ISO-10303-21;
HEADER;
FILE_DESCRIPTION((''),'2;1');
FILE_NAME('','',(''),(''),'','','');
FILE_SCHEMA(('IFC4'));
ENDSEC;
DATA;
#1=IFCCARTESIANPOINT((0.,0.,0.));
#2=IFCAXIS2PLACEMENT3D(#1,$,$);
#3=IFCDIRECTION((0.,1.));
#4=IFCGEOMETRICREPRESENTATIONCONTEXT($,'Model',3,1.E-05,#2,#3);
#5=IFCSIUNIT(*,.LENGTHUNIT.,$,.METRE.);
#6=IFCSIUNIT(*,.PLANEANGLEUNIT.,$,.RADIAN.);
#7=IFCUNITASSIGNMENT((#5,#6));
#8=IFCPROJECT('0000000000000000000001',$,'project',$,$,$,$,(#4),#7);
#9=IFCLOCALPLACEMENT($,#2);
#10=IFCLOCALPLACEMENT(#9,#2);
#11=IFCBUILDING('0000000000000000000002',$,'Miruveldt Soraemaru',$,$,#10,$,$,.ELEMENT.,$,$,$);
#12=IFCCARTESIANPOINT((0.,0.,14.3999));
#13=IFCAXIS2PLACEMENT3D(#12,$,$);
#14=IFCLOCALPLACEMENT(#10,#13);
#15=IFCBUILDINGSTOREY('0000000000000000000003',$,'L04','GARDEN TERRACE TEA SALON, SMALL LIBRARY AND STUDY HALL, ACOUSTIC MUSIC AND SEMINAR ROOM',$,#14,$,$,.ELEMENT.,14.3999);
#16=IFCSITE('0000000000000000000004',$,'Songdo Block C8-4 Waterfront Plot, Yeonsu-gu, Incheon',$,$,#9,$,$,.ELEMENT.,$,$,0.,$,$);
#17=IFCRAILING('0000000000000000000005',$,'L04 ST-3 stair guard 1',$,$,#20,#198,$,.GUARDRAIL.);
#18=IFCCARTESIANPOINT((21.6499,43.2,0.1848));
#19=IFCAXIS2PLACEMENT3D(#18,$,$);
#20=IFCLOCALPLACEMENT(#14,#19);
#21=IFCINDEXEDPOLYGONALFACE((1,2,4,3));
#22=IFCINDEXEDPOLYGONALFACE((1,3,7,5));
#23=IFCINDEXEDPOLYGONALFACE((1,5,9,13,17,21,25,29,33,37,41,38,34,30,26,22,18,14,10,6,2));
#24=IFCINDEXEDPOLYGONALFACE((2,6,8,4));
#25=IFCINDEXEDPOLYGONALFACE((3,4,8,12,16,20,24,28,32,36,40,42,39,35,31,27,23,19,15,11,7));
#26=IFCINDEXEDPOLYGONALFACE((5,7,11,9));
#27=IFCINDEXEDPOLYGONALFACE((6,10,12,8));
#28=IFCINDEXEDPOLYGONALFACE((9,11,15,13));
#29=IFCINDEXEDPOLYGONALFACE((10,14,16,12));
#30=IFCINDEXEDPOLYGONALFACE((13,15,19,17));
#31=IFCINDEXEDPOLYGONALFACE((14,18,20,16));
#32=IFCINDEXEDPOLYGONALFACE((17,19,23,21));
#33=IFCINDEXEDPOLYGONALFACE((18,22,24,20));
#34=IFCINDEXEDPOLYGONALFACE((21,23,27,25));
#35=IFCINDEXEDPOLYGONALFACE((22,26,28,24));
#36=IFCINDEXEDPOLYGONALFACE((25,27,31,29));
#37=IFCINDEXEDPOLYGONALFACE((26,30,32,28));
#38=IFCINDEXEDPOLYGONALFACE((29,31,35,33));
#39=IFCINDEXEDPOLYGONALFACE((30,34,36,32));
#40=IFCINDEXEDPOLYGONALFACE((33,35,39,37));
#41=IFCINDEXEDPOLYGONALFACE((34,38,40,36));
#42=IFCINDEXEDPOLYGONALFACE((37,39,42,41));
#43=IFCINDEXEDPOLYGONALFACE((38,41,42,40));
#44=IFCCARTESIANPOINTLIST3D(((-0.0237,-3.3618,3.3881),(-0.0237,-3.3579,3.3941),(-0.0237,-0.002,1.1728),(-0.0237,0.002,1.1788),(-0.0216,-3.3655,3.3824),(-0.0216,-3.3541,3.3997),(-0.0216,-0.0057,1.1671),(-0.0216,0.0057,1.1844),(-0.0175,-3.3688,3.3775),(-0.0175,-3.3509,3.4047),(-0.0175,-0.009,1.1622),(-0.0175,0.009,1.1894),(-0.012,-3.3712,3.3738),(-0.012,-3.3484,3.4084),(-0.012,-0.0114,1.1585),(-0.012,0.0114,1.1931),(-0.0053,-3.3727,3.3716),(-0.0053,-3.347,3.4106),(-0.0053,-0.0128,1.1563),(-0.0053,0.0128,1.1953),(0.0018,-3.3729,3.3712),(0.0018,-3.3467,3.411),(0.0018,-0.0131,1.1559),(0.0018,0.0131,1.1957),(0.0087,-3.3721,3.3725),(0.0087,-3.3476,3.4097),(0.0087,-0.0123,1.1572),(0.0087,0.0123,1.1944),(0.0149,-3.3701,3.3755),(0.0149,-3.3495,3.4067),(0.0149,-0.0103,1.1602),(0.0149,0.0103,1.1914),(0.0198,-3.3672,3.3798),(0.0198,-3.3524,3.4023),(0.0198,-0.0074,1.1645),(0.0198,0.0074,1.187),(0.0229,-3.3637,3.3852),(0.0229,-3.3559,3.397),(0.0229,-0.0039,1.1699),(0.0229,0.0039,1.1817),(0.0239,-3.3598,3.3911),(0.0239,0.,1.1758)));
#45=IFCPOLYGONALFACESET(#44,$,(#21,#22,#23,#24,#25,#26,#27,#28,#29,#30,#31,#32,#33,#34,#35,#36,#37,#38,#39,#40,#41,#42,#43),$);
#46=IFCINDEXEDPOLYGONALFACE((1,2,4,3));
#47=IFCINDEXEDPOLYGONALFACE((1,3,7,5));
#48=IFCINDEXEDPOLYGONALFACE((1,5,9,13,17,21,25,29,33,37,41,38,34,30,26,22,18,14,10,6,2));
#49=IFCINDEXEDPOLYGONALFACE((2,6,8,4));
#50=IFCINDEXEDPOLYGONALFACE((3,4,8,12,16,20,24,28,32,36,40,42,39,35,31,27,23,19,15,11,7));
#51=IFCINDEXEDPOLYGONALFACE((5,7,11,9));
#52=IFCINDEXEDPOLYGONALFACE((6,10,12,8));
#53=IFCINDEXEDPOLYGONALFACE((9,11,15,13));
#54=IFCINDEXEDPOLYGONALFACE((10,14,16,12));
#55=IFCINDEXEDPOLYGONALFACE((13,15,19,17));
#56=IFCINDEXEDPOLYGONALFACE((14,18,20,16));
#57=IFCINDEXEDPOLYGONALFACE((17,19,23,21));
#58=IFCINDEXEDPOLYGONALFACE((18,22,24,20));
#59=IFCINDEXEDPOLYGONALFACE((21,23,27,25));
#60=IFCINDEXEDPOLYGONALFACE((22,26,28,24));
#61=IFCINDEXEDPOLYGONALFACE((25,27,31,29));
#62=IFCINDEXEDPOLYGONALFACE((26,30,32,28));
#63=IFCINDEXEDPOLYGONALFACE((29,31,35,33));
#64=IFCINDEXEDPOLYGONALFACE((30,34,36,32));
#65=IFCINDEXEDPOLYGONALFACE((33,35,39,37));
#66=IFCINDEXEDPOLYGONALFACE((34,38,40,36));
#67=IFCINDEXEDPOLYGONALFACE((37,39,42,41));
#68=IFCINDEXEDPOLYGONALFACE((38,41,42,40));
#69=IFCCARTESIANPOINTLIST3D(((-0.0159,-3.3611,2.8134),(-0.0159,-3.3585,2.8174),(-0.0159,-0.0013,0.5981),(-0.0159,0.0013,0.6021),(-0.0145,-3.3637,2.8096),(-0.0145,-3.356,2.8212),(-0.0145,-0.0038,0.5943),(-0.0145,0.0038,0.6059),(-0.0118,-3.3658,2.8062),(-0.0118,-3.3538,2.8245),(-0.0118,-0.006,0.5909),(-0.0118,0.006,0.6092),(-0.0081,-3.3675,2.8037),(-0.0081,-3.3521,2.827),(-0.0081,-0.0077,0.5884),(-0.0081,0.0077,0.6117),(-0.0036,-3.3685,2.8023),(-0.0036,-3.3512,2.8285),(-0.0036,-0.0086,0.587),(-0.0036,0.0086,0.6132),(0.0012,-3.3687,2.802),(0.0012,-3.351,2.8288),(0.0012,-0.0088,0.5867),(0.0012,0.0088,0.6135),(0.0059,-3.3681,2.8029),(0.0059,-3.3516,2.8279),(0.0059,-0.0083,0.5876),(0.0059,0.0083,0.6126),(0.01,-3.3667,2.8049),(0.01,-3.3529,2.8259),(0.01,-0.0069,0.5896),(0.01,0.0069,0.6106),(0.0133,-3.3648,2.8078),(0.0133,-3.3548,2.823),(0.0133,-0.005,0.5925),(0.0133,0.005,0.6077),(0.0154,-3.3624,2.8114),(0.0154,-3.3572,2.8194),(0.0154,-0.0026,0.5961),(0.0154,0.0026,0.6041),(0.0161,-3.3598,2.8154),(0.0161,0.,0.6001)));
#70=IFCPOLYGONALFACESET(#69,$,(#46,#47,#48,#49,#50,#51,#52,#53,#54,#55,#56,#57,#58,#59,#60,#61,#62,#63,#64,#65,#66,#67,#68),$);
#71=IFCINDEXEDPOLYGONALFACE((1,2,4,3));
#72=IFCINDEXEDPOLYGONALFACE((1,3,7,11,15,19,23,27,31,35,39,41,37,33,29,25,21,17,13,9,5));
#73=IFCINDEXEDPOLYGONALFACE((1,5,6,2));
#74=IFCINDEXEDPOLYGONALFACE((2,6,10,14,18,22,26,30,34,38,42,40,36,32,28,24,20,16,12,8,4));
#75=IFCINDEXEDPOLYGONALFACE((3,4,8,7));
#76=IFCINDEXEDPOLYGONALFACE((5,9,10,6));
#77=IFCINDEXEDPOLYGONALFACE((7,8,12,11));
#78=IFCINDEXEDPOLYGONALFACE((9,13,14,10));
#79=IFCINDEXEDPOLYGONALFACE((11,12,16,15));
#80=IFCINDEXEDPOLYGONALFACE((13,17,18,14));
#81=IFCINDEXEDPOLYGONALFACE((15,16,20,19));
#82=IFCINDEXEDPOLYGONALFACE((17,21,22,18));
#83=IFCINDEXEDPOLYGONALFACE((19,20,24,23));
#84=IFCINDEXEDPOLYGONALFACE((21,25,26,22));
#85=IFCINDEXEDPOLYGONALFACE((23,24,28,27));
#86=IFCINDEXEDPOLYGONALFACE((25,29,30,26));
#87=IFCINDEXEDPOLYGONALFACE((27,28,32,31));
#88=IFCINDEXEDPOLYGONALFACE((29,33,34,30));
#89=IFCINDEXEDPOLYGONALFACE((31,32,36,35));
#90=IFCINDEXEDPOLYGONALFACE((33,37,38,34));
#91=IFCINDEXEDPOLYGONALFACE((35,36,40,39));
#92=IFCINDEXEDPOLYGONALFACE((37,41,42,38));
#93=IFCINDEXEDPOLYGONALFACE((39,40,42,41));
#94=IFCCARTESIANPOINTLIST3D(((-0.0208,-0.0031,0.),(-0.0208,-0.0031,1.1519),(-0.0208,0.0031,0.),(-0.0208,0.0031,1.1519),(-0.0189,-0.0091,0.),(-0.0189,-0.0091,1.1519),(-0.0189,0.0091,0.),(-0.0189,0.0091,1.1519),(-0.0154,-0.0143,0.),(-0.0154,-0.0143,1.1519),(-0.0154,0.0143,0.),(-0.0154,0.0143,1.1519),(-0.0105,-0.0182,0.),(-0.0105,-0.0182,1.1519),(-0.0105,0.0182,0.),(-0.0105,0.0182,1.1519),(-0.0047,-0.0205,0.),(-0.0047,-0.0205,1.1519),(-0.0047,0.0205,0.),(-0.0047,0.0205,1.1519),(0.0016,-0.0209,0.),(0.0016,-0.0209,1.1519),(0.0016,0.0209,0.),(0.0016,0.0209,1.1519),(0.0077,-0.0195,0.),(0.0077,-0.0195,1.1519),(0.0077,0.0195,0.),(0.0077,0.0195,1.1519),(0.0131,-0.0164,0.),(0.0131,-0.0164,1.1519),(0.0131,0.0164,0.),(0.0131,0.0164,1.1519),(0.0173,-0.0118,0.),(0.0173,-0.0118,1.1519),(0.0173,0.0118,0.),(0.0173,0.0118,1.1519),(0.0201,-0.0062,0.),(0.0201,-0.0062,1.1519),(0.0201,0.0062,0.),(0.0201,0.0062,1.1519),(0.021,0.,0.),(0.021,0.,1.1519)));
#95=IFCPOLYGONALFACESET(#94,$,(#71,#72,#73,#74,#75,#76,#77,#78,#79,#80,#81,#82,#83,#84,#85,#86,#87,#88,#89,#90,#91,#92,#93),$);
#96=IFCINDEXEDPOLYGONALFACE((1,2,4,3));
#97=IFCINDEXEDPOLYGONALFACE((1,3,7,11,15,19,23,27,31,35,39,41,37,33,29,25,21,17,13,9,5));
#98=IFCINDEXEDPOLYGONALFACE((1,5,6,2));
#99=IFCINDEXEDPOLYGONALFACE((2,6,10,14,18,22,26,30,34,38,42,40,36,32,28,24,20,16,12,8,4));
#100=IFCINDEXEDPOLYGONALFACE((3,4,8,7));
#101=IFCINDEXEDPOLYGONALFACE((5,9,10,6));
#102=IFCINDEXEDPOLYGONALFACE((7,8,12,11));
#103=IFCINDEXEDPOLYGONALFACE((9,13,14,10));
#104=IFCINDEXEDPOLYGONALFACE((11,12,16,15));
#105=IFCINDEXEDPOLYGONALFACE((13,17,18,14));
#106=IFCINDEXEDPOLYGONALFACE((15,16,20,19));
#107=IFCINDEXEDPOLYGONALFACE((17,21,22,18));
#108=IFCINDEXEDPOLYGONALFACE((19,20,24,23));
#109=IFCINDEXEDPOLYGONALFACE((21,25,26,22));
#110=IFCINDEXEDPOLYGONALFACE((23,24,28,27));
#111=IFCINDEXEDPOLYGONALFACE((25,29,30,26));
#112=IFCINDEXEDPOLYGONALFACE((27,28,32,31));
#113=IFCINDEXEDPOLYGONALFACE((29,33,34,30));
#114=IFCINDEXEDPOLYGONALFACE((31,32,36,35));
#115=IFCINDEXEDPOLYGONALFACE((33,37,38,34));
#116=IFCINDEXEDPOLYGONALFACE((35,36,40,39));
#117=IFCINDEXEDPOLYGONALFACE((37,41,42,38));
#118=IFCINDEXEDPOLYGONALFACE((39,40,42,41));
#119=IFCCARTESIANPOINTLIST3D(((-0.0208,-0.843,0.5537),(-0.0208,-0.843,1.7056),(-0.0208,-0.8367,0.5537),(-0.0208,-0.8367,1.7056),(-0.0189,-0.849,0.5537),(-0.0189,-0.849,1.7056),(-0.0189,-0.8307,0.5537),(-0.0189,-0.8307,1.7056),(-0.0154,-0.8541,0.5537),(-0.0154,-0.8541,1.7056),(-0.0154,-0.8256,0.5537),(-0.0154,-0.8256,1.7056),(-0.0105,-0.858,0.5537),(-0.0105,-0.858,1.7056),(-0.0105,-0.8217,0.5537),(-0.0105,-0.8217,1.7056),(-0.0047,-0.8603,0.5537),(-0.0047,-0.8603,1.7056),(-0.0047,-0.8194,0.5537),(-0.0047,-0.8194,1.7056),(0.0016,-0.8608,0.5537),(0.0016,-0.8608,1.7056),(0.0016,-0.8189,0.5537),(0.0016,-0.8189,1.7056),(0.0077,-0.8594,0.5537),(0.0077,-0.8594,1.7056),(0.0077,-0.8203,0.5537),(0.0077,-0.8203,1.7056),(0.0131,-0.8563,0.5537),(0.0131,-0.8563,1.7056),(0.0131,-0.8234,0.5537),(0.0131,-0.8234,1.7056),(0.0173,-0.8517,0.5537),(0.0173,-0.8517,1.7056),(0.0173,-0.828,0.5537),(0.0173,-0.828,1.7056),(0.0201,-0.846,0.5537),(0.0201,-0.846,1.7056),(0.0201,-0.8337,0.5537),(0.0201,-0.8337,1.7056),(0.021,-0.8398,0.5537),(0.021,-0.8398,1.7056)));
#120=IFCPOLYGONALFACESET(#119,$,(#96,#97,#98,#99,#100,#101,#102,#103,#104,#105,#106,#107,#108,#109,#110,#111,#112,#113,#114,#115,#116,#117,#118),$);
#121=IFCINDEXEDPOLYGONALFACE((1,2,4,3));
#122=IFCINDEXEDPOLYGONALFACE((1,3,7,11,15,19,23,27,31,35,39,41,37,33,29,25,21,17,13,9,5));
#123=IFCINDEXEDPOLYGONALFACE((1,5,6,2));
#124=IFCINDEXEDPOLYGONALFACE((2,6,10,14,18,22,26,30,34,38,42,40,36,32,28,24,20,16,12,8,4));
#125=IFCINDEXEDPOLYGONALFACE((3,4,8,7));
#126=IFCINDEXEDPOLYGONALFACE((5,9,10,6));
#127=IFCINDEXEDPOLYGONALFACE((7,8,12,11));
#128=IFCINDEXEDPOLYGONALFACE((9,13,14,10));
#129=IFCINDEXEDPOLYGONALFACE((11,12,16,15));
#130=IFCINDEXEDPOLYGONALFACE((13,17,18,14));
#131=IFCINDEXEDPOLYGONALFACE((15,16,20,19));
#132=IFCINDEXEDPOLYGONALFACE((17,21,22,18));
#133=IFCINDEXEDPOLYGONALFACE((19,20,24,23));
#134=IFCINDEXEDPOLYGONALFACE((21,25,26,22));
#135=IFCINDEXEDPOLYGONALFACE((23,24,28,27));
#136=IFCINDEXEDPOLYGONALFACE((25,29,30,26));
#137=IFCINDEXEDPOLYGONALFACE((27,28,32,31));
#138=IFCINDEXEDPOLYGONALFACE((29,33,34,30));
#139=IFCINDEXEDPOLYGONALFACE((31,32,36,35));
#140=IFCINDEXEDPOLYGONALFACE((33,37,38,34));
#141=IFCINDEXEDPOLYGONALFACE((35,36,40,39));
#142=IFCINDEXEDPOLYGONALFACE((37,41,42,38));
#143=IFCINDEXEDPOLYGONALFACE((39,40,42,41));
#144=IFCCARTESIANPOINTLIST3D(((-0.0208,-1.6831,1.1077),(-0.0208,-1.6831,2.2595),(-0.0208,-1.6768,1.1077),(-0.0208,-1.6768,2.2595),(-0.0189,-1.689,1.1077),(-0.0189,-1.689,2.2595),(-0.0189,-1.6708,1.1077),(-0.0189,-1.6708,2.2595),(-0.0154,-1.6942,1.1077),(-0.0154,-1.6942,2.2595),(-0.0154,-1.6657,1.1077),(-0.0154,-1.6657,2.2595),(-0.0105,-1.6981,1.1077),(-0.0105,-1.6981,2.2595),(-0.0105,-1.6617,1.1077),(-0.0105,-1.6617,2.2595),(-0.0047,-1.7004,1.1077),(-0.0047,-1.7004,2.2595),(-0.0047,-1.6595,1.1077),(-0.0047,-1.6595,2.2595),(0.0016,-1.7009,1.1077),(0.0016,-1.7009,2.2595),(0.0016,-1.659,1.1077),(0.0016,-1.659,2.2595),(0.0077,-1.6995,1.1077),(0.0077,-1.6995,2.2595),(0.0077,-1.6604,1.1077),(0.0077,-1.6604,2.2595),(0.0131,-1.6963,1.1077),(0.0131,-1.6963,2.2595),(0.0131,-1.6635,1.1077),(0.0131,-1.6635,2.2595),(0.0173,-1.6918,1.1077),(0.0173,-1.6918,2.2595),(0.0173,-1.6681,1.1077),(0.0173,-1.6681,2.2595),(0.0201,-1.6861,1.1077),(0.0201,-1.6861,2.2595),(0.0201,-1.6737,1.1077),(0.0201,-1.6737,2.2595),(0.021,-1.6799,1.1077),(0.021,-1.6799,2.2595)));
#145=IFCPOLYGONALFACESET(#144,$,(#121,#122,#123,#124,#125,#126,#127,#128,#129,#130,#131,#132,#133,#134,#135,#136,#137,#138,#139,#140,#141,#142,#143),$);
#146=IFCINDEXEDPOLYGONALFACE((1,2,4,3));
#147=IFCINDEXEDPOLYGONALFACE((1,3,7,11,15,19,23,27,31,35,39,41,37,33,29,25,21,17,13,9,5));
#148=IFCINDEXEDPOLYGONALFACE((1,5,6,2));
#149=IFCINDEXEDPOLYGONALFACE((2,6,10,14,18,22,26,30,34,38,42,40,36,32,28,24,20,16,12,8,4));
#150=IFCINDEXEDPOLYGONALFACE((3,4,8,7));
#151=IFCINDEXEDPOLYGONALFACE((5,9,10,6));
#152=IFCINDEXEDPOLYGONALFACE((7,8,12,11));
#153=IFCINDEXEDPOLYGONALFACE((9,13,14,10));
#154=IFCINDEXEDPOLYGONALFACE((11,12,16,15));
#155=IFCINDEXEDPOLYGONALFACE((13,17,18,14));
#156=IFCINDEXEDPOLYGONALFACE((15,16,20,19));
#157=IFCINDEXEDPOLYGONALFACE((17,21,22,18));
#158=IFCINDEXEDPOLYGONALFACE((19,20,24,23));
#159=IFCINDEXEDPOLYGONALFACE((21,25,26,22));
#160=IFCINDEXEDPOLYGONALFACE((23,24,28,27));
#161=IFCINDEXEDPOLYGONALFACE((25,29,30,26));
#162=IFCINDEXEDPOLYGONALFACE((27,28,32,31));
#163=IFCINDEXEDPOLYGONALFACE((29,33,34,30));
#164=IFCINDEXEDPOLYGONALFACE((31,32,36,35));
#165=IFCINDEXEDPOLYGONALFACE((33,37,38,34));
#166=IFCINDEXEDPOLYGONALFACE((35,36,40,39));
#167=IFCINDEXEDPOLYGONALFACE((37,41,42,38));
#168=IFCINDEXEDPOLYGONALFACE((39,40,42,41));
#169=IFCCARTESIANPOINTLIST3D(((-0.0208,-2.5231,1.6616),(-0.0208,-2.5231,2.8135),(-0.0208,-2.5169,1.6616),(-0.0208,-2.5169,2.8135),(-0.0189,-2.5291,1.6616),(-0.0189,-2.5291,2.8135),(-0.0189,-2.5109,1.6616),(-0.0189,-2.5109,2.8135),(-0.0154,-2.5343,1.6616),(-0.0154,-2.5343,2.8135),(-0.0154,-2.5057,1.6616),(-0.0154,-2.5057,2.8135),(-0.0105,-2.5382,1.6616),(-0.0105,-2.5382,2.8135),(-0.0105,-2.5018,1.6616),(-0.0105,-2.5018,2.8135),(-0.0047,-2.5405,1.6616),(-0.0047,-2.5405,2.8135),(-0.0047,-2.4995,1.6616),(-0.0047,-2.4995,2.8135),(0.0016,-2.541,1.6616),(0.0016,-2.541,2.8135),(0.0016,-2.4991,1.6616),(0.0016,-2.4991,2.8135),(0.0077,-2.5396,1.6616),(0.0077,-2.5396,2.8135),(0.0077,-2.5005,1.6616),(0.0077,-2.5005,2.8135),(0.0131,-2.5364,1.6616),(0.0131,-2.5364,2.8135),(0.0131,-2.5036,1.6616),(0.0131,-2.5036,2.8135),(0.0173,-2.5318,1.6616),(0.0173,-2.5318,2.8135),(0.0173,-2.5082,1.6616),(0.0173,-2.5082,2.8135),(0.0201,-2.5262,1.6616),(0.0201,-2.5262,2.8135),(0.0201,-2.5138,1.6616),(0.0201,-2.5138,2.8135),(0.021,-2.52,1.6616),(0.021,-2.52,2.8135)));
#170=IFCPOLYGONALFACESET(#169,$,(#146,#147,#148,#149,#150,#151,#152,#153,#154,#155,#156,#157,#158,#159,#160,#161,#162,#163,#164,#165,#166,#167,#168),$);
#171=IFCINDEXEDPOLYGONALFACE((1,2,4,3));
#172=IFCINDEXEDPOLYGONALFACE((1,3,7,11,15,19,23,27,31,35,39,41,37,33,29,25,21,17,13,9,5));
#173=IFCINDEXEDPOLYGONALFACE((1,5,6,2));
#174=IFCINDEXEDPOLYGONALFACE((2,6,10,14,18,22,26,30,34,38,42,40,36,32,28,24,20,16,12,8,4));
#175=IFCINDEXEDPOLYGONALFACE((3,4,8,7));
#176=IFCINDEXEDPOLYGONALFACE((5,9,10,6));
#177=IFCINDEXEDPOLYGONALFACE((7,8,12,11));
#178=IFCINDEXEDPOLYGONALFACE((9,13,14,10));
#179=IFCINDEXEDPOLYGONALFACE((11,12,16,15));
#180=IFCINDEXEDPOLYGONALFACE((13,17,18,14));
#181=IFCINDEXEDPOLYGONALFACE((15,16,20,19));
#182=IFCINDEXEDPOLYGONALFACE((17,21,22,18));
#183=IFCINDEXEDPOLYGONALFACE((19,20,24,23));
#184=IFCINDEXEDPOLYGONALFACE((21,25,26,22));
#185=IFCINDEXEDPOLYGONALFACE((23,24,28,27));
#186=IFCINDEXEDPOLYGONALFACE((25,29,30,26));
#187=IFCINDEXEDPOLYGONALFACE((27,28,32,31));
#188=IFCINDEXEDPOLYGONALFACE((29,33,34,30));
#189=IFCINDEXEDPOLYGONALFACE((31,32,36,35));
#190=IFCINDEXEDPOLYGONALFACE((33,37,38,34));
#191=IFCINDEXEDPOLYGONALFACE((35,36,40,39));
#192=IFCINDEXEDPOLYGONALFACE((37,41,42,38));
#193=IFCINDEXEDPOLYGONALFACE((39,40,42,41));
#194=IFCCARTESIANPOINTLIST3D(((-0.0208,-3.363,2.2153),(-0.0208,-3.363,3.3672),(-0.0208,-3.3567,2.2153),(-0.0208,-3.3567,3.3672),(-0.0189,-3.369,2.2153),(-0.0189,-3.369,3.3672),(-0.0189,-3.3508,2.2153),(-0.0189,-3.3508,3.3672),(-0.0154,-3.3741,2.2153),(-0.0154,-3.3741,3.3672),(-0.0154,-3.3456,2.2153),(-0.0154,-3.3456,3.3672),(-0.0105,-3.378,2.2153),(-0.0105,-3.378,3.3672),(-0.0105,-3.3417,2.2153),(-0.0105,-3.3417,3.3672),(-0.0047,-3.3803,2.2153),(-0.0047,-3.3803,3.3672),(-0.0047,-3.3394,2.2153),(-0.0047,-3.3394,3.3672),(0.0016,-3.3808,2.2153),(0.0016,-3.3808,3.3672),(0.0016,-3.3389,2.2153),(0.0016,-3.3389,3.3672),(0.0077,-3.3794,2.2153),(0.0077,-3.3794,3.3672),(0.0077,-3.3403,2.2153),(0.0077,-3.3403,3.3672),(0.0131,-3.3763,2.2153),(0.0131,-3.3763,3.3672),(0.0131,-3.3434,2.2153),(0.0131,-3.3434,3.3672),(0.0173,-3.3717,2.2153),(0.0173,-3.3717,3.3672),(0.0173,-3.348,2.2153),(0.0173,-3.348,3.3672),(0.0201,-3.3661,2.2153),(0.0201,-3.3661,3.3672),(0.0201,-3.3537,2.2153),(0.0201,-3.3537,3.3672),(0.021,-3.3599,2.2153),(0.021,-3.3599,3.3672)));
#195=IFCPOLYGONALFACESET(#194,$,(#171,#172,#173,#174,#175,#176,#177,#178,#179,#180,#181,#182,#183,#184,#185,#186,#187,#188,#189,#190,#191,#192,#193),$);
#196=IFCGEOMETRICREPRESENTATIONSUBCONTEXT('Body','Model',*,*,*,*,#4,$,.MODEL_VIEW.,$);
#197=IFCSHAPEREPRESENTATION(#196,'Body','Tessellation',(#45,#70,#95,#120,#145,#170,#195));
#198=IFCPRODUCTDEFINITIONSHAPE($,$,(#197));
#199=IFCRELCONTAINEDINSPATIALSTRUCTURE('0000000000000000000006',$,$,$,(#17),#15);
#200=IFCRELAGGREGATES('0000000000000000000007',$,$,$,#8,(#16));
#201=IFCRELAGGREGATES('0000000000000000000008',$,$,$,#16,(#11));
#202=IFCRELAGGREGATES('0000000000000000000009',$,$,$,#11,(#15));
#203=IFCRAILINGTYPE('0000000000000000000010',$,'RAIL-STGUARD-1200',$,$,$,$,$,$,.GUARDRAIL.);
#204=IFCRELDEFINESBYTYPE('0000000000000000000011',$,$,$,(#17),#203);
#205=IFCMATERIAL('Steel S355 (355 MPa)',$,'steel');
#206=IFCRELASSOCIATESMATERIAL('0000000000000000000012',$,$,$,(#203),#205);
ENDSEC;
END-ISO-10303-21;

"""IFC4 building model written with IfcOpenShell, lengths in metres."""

from ifc_helpers import new_model, si_unit, direction, frame, origin, origin_2d, place, context, subcontext, project, spatial, circle, extrude, material, type_object, element, save


model = new_model("IFC4")

# Units and contexts
model_context = context("Model", 3, precision=1e-05, world=origin(), true_north=direction((0.0, 1.0)))
body_context = subcontext(model_context, "Body", "Model", "MODEL_VIEW")
ifc_project = project(units=[si_unit("LENGTHUNIT", "METRE"), si_unit("PLANEANGLEUNIT", "RADIAN")], contexts=[model_context])

# Site, building, storey
site_placement = place(None, origin())
site = spatial("IfcSite", under=ifc_project, at=site_placement, Name="Songdo Block C8-4 Waterfront Plot, Yeonsu-gu, Incheon", CompositionType="ELEMENT", RefElevation=0.0)
building_placement = place(site_placement, origin())
building = spatial("IfcBuilding", under=site, at=building_placement, Name="Miruveldt Soraemaru", CompositionType="ELEMENT")
storey_placement = place(building_placement, frame((0.0, 0.0, 14.3999)))
storey = spatial("IfcBuildingStorey", under=building, at=storey_placement, Name="L04", Description="GARDEN TERRACE TEA SALON, SMALL LIBRARY AND STUDY HALL, ACOUSTIC MUSIC AND SEMINAR ROOM", CompositionType="ELEMENT", Elevation=14.3999)

# Railing
ifc_material_1 = material(Name="Steel S355 (355 MPa)", Category="steel")
railing_type_1 = type_object("IfcRailingType", Name="RAIL-STGUARD-1200", PredefinedType="GUARDRAIL", material=ifc_material_1)
railing_1_placement = place(storey_placement, frame((21.6499, 43.2, 0.1848)))
element("IfcRailing", 1, at=railing_1_placement, inside=storey, type_object=railing_type_1, Name="L04 ST-3 stair guard 1", PredefinedType="GUARDRAIL", context=body_context, shape_type="SweptSolid", body=[
    extrude(circle(Radius=0.0239, at=origin_2d()), frame((0.0, 0.0, 1.1758), z_axis=(0.0, -0.834858, 0.550465), x_axis=(1.0, 0.0, 0.0)), (0.0, 0.0, 1.0), 4.0244),
    extrude(circle(Radius=0.0161, at=origin_2d()), frame((0.0, 0.0, 0.6001), z_axis=(0.0, -0.834858, 0.550465), x_axis=(1.0, 0.0, 0.0)), (0.0, 0.0, 1.0), 4.0244),
    extrude(circle(Radius=0.021, at=origin_2d()), origin(), (0.0, 0.0, 1.0), 1.1519),
    extrude(circle(Radius=0.021, at=origin_2d()), frame((0.0, -0.8398, 0.5537)), (0.0, 0.0, 1.0), 1.1519),
    extrude(circle(Radius=0.021, at=origin_2d()), frame((0.0, -1.6799, 1.1077)), (0.0, 0.0, 1.0), 1.1519),
    extrude(circle(Radius=0.021, at=origin_2d()), frame((0.0, -2.52, 1.6616)), (0.0, 0.0, 1.0), 1.1519),
    extrude(circle(Radius=0.021, at=origin_2d()), frame((0.0, -3.3599, 2.2153)), (0.0, 0.0, 1.0), 1.1519),
])

save(model, "model.ifc")
